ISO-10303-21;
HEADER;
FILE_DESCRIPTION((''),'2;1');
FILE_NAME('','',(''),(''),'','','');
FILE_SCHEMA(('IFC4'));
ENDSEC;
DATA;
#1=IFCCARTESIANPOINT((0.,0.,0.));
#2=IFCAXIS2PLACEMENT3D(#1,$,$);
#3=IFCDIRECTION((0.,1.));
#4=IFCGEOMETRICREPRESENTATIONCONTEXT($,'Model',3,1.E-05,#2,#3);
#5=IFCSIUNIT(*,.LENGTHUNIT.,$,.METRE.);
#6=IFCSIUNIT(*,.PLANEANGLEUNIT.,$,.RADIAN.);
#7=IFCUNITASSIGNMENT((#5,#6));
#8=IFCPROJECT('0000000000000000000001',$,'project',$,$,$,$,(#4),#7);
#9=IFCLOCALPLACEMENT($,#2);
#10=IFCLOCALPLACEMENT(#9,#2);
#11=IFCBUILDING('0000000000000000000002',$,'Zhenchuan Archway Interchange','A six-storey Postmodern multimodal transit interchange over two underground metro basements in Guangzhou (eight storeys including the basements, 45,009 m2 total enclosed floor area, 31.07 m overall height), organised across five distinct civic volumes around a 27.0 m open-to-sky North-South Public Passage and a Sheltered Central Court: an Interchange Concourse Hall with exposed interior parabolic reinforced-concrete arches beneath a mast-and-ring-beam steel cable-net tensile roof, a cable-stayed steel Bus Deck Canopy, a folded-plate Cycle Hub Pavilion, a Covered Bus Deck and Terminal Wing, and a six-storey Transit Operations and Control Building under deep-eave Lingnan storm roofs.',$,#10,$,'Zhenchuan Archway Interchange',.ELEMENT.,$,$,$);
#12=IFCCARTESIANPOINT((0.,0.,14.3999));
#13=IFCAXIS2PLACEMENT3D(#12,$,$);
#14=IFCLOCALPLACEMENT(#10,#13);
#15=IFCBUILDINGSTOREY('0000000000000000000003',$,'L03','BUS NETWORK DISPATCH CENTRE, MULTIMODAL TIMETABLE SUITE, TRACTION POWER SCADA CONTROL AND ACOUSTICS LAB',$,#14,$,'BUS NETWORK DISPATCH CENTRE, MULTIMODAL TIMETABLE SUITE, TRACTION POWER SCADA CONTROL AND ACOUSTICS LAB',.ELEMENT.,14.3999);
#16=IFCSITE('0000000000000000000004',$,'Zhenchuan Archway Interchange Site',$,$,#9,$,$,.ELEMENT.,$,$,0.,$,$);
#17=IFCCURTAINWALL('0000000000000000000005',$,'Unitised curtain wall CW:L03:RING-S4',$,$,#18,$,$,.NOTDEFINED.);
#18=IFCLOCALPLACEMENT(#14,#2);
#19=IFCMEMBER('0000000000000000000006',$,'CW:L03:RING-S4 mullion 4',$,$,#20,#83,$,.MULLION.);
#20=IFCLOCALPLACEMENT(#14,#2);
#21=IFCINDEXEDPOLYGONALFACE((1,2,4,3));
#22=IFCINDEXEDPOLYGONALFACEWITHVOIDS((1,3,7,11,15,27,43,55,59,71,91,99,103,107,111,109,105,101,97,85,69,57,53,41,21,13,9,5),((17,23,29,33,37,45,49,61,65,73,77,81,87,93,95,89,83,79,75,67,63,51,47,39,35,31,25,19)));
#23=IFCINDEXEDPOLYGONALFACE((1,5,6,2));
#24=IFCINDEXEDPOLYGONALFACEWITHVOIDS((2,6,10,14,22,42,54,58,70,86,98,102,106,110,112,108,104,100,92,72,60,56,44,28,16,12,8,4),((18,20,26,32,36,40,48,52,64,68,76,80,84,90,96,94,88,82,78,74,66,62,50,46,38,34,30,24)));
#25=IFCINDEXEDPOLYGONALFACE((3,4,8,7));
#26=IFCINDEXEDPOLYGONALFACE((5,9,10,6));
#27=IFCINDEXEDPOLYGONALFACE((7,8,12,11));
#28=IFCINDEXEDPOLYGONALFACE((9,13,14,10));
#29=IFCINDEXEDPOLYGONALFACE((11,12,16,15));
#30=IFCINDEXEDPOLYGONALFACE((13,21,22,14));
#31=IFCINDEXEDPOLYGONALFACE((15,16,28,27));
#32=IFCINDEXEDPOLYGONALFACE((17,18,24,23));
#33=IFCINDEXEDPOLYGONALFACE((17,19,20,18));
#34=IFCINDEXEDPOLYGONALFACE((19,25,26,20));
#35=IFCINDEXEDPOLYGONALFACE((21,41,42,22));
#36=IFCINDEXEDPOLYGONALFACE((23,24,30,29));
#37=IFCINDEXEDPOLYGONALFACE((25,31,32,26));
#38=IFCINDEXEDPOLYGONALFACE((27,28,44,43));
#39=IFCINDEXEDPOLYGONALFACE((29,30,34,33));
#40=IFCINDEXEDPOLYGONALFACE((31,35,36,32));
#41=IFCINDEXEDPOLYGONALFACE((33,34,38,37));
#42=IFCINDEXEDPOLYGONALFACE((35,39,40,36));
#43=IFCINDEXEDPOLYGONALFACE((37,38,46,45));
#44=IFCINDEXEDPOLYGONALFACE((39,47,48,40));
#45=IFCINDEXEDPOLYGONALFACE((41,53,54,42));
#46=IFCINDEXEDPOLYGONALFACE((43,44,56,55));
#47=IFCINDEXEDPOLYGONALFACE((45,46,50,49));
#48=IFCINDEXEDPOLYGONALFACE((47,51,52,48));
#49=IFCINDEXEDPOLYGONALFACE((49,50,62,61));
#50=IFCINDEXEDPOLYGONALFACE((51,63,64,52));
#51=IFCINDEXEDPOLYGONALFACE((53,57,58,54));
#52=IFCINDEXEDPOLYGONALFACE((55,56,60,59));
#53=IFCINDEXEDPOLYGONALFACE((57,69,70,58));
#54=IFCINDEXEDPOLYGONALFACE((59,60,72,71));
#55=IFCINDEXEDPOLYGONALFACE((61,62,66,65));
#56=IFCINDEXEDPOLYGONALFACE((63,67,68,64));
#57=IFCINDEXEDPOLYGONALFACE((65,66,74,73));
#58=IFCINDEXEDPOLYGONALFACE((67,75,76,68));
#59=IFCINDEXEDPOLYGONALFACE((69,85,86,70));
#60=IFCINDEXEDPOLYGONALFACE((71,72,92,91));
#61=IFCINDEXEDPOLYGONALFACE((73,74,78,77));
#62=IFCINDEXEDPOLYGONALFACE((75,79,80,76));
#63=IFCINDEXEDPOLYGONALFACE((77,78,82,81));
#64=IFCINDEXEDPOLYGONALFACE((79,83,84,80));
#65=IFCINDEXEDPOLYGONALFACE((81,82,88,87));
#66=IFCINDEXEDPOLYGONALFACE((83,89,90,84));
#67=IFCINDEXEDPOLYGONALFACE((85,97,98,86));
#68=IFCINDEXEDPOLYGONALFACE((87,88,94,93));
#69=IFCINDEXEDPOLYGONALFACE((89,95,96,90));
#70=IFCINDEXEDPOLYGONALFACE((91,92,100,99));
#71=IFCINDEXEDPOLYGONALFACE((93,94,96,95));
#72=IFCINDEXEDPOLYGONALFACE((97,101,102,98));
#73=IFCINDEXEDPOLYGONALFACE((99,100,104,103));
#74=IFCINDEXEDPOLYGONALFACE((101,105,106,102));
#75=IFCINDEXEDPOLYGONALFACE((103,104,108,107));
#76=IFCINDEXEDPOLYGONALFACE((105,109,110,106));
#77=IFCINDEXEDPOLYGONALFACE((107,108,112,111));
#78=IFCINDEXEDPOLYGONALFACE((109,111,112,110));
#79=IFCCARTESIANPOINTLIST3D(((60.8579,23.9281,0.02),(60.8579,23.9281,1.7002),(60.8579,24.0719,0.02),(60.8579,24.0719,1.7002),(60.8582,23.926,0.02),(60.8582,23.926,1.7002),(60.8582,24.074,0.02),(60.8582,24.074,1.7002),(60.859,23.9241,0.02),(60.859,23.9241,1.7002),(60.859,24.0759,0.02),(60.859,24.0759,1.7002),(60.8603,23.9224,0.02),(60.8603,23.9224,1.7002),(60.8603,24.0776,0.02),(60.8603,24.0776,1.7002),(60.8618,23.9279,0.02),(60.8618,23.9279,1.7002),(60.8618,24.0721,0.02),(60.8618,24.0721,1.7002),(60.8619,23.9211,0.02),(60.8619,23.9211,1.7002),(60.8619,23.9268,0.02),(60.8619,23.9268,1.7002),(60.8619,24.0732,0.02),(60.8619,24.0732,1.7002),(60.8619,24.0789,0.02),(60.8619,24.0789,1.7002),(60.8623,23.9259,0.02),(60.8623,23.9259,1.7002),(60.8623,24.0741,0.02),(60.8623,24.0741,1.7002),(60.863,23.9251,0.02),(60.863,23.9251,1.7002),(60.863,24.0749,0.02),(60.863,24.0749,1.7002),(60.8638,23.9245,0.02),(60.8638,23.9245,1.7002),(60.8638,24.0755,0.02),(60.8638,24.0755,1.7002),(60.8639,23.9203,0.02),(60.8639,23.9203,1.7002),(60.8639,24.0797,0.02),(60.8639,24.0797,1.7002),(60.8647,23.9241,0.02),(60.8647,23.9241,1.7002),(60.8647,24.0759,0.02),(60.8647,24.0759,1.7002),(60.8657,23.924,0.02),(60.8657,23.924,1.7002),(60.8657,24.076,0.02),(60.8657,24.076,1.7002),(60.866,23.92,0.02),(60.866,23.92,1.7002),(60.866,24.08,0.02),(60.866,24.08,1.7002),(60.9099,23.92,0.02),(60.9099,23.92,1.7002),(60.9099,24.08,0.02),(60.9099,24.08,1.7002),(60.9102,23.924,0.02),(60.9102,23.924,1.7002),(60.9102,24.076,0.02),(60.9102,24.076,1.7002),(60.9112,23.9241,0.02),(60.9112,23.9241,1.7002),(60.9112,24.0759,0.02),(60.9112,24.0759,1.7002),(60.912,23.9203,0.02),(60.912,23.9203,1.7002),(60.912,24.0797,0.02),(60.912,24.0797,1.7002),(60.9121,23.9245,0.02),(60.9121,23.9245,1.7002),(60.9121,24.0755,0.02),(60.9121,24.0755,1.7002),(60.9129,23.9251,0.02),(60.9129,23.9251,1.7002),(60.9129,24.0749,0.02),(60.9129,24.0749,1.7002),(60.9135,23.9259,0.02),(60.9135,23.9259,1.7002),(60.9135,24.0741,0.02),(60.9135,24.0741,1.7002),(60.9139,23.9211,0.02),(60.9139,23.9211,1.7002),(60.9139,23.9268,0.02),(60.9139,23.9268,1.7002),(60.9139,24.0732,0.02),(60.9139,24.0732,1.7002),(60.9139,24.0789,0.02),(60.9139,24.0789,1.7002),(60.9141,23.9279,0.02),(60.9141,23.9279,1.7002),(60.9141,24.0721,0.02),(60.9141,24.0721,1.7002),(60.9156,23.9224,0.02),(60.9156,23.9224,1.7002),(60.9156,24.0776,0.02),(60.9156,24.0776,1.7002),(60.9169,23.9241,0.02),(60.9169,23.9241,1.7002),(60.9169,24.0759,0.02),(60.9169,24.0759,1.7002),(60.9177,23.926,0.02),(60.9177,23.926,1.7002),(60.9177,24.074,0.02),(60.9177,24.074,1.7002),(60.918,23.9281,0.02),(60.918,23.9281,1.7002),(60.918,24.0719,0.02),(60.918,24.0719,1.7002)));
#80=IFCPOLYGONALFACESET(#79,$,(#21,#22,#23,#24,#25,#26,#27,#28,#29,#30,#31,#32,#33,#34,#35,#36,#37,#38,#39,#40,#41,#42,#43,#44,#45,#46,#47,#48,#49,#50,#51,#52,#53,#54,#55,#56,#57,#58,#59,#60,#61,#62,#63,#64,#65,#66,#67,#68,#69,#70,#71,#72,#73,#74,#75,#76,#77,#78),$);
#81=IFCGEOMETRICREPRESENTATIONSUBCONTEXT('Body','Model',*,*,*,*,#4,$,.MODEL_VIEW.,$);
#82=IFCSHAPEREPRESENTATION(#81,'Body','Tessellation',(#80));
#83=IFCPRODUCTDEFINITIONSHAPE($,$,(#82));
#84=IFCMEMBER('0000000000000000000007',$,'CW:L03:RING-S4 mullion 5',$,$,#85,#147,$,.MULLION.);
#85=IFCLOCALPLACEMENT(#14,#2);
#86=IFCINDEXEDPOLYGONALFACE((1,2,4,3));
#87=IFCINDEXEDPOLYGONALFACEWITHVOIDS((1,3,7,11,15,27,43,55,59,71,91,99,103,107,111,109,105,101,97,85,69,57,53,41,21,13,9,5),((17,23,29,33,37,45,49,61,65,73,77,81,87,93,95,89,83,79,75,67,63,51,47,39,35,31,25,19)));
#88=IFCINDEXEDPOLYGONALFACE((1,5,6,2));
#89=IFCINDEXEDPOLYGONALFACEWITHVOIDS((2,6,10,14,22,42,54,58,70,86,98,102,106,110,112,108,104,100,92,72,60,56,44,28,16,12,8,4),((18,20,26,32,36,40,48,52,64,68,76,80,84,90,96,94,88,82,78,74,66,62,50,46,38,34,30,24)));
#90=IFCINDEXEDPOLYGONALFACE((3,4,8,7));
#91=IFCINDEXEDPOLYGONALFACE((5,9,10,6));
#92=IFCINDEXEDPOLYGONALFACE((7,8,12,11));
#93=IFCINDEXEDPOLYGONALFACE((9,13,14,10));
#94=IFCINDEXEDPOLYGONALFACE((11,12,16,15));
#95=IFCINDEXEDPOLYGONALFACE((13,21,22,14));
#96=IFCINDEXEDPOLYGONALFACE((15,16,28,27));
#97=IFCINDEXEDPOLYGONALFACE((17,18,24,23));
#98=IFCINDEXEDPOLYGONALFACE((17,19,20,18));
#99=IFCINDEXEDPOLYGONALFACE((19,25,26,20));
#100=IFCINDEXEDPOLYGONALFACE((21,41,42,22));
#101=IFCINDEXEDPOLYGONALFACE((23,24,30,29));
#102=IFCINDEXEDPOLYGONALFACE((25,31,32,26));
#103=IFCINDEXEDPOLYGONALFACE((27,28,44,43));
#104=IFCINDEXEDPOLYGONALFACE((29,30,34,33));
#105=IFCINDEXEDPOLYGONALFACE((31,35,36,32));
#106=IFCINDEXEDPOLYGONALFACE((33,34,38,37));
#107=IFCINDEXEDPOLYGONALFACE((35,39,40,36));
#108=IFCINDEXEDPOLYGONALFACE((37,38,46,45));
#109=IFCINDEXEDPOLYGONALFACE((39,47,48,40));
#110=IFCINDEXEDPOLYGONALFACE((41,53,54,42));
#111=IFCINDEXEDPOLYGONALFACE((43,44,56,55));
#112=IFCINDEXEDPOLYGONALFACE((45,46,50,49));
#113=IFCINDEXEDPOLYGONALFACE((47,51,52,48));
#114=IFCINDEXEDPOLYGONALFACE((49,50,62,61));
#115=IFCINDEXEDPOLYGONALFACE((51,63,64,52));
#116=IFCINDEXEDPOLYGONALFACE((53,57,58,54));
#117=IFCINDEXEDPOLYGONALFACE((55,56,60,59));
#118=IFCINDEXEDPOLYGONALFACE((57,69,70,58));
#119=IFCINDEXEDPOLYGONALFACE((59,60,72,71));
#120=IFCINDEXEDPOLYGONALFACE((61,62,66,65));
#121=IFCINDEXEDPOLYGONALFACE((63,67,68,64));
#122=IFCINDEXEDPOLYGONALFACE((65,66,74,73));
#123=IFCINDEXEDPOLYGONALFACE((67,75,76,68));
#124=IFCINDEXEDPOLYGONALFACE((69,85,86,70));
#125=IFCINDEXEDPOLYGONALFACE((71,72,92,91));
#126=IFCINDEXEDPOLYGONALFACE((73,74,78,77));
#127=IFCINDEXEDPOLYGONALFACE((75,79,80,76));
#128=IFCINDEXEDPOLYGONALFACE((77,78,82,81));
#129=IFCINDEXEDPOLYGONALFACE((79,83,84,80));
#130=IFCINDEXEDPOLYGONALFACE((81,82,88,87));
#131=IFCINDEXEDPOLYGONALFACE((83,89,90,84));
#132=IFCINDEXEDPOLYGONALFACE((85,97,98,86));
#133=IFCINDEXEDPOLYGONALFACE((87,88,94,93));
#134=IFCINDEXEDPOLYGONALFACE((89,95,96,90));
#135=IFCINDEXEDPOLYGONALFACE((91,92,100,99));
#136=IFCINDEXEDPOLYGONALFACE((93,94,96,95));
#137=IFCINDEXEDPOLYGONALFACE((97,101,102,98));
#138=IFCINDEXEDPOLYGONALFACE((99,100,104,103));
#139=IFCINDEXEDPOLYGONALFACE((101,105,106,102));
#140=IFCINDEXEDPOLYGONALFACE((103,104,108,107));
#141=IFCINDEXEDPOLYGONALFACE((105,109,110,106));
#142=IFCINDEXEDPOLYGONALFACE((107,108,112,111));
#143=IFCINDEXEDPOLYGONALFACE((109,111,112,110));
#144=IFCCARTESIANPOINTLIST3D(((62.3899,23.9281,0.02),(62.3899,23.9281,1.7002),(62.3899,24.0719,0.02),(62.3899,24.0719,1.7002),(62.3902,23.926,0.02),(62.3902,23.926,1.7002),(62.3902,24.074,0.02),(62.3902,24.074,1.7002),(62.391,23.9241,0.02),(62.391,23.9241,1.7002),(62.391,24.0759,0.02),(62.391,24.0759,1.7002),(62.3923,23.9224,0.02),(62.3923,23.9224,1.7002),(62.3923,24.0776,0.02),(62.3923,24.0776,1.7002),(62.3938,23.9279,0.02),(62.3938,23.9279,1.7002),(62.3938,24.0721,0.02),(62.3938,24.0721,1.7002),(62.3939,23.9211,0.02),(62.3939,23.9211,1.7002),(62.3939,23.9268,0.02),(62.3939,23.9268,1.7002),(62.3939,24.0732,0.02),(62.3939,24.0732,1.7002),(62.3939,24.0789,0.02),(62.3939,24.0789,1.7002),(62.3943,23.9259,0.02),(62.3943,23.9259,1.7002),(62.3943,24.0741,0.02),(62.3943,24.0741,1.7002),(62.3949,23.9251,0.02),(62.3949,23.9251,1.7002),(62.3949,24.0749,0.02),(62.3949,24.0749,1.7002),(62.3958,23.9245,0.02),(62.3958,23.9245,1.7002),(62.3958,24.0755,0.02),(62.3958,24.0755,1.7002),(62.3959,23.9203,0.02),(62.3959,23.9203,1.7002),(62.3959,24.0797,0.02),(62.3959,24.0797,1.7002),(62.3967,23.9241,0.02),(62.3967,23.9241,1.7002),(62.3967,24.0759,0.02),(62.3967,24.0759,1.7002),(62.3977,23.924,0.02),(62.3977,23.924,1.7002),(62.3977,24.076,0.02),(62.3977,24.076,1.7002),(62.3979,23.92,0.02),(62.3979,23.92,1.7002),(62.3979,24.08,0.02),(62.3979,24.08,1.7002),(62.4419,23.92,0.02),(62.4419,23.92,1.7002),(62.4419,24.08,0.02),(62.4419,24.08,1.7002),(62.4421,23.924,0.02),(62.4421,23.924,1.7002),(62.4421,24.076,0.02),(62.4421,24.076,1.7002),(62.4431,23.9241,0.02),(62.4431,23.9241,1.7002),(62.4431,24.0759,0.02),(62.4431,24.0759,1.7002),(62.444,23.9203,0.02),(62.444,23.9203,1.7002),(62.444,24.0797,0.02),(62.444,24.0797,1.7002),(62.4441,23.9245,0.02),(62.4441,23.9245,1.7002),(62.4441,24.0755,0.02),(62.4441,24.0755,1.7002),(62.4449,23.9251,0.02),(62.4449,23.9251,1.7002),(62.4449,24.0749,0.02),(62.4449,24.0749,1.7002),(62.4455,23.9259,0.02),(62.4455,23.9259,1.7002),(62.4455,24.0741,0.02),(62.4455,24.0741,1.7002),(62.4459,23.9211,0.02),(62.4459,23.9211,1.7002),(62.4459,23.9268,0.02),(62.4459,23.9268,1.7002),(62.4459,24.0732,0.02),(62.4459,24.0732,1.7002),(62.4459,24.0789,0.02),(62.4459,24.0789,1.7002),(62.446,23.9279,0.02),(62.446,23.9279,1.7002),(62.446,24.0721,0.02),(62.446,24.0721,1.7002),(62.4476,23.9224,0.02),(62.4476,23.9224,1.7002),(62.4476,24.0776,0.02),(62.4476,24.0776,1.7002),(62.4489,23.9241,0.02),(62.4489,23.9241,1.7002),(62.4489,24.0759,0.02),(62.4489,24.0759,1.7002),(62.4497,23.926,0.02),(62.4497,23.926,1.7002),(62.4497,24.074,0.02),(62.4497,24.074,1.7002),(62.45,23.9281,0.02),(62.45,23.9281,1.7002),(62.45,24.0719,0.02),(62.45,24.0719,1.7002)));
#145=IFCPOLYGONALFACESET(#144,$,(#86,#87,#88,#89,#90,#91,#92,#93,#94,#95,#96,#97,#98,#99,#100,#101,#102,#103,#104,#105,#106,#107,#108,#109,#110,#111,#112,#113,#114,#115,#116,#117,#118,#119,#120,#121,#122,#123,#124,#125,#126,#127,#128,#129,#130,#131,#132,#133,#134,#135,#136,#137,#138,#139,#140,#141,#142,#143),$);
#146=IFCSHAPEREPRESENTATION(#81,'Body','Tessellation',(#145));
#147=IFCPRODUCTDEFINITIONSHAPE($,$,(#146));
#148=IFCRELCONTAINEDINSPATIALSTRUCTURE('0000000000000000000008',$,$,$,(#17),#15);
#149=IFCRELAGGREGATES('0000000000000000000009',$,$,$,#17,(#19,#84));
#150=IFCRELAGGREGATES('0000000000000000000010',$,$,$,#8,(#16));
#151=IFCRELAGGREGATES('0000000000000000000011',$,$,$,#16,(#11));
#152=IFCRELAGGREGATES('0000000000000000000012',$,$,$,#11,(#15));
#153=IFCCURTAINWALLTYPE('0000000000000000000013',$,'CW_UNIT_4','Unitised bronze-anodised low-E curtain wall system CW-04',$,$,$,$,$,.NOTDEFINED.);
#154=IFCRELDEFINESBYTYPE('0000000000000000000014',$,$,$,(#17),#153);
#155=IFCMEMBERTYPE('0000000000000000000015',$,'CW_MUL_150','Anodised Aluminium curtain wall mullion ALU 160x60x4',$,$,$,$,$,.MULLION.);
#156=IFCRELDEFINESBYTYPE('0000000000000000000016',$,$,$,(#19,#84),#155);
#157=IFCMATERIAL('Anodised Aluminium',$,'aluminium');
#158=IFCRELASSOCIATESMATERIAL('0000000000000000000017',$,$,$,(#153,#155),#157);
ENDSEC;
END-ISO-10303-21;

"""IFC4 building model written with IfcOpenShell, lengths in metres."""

from ifc_helpers import new_model, si_unit, direction, frame, origin, origin_2d, place, context, subcontext, project, spatial, hollow_rectangle, extrude, material, material_profile, profile_set, type_object, element, aggregate, save


model = new_model("IFC4")

# Units and contexts
model_context = context("Model", 3, precision=1e-05, world=origin(), true_north=direction((0.0, 1.0)))
body_context = subcontext(model_context, "Body", "Model", "MODEL_VIEW")
ifc_project = project(units=[si_unit("LENGTHUNIT", "METRE"), si_unit("PLANEANGLEUNIT", "RADIAN")], contexts=[model_context])

# Site, building, storey
site_placement = place(None, origin())
site = spatial("IfcSite", under=ifc_project, at=site_placement, Name="Zhenchuan Archway Interchange Site", CompositionType="ELEMENT", RefElevation=0.0)
building_placement = place(site_placement, origin())
building = spatial("IfcBuilding", under=site, at=building_placement, Name="Zhenchuan Archway Interchange", Description="A six-storey Postmodern multimodal transit interchange over two underground metro basements in Guangzhou (eight storeys including the basements, 45,009 m2 total enclosed floor area, 31.07 m overall height), organised across five distinct civic volumes around a 27.0 m open-to-sky North-South Public Passage and a Sheltered Central Court: an Interchange Concourse Hall with exposed interior parabolic reinforced-concrete arches beneath a mast-and-ring-beam steel cable-net tensile roof, a cable-stayed steel Bus Deck Canopy, a folded-plate Cycle Hub Pavilion, a Covered Bus Deck and Terminal Wing, and a six-storey Transit Operations and Control Building under deep-eave Lingnan storm roofs.", LongName="Zhenchuan Archway Interchange", CompositionType="ELEMENT")
storey_placement = place(building_placement, frame((0.0, 0.0, 14.3999)))
storey = spatial("IfcBuildingStorey", under=building, at=storey_placement, Name="L03", Description="BUS NETWORK DISPATCH CENTRE, MULTIMODAL TIMETABLE SUITE, TRACTION POWER SCADA CONTROL AND ACOUSTICS LAB", LongName="BUS NETWORK DISPATCH CENTRE, MULTIMODAL TIMETABLE SUITE, TRACTION POWER SCADA CONTROL AND ACOUSTICS LAB", CompositionType="ELEMENT", Elevation=14.3999)

# Curtain wall, members
ifc_material_1 = material(Name="Anodised Aluminium", Category="aluminium")
curtain_wall_type = type_object("IfcCurtainWallType", Name="CW_UNIT_4", Description="Unitised bronze-anodised low-E curtain wall system CW-04", PredefinedType="NOTDEFINED", material=ifc_material_1)
curtain_wall_1_placement = place(storey_placement, origin())
curtain_wall_1 = element("IfcCurtainWall", 1, at=curtain_wall_1_placement, inside=storey, type_object=curtain_wall_type, Name="Unitised curtain wall CW:L03:RING-S4", PredefinedType="NOTDEFINED")
ifc_material_profile_1 = material_profile(ifc_material_1, hollow_rectangle(XDim=0.0601, YDim=0.1599, WallThickness=0.0039, InnerFilletRadius=0.0039, OuterFilletRadius=0.0081, at=origin_2d()), Name="ALU 160x60x4")
ifc_profile_set_1 = profile_set([ifc_material_profile_1], Name="Anodised Aluminium")
member_type_1 = type_object("IfcMemberType", Name="CW_MUL_150", Description="Anodised Aluminium curtain wall mullion ALU 160x60x4", PredefinedType="MULLION", material=ifc_profile_set_1)
member_1_placement = place(storey_placement, frame((60.8879, 24.0, 0.02), z_axis=(0.0, 0.0, 1.0), x_axis=(1.0, 0.0, 0.0)))
member_1 = element("IfcMember", 2, at=member_1_placement, type_object=member_type_1, Name="CW:L03:RING-S4 mullion 4", PredefinedType="MULLION", context=body_context, shape_type="SweptSolid", body=[
    extrude(hollow_rectangle(XDim=0.0601, YDim=0.1599, WallThickness=0.0039, InnerFilletRadius=0.0039, OuterFilletRadius=0.0081, at=origin_2d()), origin(), (0.0, 0.0, 1.0), 1.6802),
])
member_2_placement = place(storey_placement, frame((62.4199, 24.0, 0.02), z_axis=(0.0, 0.0, 1.0), x_axis=(1.0, 0.0, 0.0)))
member_2 = element("IfcMember", 3, at=member_2_placement, type_object=member_type_1, Name="CW:L03:RING-S4 mullion 5", PredefinedType="MULLION", context=body_context, shape_type="SweptSolid", body=[
    extrude(hollow_rectangle(XDim=0.0601, YDim=0.1599, WallThickness=0.0039, InnerFilletRadius=0.0039, OuterFilletRadius=0.0081, at=origin_2d()), origin(), (0.0, 0.0, 1.0), 1.6802),
])

aggregate(curtain_wall_1, [member_1, member_2])

save(model, "model.ifc")
